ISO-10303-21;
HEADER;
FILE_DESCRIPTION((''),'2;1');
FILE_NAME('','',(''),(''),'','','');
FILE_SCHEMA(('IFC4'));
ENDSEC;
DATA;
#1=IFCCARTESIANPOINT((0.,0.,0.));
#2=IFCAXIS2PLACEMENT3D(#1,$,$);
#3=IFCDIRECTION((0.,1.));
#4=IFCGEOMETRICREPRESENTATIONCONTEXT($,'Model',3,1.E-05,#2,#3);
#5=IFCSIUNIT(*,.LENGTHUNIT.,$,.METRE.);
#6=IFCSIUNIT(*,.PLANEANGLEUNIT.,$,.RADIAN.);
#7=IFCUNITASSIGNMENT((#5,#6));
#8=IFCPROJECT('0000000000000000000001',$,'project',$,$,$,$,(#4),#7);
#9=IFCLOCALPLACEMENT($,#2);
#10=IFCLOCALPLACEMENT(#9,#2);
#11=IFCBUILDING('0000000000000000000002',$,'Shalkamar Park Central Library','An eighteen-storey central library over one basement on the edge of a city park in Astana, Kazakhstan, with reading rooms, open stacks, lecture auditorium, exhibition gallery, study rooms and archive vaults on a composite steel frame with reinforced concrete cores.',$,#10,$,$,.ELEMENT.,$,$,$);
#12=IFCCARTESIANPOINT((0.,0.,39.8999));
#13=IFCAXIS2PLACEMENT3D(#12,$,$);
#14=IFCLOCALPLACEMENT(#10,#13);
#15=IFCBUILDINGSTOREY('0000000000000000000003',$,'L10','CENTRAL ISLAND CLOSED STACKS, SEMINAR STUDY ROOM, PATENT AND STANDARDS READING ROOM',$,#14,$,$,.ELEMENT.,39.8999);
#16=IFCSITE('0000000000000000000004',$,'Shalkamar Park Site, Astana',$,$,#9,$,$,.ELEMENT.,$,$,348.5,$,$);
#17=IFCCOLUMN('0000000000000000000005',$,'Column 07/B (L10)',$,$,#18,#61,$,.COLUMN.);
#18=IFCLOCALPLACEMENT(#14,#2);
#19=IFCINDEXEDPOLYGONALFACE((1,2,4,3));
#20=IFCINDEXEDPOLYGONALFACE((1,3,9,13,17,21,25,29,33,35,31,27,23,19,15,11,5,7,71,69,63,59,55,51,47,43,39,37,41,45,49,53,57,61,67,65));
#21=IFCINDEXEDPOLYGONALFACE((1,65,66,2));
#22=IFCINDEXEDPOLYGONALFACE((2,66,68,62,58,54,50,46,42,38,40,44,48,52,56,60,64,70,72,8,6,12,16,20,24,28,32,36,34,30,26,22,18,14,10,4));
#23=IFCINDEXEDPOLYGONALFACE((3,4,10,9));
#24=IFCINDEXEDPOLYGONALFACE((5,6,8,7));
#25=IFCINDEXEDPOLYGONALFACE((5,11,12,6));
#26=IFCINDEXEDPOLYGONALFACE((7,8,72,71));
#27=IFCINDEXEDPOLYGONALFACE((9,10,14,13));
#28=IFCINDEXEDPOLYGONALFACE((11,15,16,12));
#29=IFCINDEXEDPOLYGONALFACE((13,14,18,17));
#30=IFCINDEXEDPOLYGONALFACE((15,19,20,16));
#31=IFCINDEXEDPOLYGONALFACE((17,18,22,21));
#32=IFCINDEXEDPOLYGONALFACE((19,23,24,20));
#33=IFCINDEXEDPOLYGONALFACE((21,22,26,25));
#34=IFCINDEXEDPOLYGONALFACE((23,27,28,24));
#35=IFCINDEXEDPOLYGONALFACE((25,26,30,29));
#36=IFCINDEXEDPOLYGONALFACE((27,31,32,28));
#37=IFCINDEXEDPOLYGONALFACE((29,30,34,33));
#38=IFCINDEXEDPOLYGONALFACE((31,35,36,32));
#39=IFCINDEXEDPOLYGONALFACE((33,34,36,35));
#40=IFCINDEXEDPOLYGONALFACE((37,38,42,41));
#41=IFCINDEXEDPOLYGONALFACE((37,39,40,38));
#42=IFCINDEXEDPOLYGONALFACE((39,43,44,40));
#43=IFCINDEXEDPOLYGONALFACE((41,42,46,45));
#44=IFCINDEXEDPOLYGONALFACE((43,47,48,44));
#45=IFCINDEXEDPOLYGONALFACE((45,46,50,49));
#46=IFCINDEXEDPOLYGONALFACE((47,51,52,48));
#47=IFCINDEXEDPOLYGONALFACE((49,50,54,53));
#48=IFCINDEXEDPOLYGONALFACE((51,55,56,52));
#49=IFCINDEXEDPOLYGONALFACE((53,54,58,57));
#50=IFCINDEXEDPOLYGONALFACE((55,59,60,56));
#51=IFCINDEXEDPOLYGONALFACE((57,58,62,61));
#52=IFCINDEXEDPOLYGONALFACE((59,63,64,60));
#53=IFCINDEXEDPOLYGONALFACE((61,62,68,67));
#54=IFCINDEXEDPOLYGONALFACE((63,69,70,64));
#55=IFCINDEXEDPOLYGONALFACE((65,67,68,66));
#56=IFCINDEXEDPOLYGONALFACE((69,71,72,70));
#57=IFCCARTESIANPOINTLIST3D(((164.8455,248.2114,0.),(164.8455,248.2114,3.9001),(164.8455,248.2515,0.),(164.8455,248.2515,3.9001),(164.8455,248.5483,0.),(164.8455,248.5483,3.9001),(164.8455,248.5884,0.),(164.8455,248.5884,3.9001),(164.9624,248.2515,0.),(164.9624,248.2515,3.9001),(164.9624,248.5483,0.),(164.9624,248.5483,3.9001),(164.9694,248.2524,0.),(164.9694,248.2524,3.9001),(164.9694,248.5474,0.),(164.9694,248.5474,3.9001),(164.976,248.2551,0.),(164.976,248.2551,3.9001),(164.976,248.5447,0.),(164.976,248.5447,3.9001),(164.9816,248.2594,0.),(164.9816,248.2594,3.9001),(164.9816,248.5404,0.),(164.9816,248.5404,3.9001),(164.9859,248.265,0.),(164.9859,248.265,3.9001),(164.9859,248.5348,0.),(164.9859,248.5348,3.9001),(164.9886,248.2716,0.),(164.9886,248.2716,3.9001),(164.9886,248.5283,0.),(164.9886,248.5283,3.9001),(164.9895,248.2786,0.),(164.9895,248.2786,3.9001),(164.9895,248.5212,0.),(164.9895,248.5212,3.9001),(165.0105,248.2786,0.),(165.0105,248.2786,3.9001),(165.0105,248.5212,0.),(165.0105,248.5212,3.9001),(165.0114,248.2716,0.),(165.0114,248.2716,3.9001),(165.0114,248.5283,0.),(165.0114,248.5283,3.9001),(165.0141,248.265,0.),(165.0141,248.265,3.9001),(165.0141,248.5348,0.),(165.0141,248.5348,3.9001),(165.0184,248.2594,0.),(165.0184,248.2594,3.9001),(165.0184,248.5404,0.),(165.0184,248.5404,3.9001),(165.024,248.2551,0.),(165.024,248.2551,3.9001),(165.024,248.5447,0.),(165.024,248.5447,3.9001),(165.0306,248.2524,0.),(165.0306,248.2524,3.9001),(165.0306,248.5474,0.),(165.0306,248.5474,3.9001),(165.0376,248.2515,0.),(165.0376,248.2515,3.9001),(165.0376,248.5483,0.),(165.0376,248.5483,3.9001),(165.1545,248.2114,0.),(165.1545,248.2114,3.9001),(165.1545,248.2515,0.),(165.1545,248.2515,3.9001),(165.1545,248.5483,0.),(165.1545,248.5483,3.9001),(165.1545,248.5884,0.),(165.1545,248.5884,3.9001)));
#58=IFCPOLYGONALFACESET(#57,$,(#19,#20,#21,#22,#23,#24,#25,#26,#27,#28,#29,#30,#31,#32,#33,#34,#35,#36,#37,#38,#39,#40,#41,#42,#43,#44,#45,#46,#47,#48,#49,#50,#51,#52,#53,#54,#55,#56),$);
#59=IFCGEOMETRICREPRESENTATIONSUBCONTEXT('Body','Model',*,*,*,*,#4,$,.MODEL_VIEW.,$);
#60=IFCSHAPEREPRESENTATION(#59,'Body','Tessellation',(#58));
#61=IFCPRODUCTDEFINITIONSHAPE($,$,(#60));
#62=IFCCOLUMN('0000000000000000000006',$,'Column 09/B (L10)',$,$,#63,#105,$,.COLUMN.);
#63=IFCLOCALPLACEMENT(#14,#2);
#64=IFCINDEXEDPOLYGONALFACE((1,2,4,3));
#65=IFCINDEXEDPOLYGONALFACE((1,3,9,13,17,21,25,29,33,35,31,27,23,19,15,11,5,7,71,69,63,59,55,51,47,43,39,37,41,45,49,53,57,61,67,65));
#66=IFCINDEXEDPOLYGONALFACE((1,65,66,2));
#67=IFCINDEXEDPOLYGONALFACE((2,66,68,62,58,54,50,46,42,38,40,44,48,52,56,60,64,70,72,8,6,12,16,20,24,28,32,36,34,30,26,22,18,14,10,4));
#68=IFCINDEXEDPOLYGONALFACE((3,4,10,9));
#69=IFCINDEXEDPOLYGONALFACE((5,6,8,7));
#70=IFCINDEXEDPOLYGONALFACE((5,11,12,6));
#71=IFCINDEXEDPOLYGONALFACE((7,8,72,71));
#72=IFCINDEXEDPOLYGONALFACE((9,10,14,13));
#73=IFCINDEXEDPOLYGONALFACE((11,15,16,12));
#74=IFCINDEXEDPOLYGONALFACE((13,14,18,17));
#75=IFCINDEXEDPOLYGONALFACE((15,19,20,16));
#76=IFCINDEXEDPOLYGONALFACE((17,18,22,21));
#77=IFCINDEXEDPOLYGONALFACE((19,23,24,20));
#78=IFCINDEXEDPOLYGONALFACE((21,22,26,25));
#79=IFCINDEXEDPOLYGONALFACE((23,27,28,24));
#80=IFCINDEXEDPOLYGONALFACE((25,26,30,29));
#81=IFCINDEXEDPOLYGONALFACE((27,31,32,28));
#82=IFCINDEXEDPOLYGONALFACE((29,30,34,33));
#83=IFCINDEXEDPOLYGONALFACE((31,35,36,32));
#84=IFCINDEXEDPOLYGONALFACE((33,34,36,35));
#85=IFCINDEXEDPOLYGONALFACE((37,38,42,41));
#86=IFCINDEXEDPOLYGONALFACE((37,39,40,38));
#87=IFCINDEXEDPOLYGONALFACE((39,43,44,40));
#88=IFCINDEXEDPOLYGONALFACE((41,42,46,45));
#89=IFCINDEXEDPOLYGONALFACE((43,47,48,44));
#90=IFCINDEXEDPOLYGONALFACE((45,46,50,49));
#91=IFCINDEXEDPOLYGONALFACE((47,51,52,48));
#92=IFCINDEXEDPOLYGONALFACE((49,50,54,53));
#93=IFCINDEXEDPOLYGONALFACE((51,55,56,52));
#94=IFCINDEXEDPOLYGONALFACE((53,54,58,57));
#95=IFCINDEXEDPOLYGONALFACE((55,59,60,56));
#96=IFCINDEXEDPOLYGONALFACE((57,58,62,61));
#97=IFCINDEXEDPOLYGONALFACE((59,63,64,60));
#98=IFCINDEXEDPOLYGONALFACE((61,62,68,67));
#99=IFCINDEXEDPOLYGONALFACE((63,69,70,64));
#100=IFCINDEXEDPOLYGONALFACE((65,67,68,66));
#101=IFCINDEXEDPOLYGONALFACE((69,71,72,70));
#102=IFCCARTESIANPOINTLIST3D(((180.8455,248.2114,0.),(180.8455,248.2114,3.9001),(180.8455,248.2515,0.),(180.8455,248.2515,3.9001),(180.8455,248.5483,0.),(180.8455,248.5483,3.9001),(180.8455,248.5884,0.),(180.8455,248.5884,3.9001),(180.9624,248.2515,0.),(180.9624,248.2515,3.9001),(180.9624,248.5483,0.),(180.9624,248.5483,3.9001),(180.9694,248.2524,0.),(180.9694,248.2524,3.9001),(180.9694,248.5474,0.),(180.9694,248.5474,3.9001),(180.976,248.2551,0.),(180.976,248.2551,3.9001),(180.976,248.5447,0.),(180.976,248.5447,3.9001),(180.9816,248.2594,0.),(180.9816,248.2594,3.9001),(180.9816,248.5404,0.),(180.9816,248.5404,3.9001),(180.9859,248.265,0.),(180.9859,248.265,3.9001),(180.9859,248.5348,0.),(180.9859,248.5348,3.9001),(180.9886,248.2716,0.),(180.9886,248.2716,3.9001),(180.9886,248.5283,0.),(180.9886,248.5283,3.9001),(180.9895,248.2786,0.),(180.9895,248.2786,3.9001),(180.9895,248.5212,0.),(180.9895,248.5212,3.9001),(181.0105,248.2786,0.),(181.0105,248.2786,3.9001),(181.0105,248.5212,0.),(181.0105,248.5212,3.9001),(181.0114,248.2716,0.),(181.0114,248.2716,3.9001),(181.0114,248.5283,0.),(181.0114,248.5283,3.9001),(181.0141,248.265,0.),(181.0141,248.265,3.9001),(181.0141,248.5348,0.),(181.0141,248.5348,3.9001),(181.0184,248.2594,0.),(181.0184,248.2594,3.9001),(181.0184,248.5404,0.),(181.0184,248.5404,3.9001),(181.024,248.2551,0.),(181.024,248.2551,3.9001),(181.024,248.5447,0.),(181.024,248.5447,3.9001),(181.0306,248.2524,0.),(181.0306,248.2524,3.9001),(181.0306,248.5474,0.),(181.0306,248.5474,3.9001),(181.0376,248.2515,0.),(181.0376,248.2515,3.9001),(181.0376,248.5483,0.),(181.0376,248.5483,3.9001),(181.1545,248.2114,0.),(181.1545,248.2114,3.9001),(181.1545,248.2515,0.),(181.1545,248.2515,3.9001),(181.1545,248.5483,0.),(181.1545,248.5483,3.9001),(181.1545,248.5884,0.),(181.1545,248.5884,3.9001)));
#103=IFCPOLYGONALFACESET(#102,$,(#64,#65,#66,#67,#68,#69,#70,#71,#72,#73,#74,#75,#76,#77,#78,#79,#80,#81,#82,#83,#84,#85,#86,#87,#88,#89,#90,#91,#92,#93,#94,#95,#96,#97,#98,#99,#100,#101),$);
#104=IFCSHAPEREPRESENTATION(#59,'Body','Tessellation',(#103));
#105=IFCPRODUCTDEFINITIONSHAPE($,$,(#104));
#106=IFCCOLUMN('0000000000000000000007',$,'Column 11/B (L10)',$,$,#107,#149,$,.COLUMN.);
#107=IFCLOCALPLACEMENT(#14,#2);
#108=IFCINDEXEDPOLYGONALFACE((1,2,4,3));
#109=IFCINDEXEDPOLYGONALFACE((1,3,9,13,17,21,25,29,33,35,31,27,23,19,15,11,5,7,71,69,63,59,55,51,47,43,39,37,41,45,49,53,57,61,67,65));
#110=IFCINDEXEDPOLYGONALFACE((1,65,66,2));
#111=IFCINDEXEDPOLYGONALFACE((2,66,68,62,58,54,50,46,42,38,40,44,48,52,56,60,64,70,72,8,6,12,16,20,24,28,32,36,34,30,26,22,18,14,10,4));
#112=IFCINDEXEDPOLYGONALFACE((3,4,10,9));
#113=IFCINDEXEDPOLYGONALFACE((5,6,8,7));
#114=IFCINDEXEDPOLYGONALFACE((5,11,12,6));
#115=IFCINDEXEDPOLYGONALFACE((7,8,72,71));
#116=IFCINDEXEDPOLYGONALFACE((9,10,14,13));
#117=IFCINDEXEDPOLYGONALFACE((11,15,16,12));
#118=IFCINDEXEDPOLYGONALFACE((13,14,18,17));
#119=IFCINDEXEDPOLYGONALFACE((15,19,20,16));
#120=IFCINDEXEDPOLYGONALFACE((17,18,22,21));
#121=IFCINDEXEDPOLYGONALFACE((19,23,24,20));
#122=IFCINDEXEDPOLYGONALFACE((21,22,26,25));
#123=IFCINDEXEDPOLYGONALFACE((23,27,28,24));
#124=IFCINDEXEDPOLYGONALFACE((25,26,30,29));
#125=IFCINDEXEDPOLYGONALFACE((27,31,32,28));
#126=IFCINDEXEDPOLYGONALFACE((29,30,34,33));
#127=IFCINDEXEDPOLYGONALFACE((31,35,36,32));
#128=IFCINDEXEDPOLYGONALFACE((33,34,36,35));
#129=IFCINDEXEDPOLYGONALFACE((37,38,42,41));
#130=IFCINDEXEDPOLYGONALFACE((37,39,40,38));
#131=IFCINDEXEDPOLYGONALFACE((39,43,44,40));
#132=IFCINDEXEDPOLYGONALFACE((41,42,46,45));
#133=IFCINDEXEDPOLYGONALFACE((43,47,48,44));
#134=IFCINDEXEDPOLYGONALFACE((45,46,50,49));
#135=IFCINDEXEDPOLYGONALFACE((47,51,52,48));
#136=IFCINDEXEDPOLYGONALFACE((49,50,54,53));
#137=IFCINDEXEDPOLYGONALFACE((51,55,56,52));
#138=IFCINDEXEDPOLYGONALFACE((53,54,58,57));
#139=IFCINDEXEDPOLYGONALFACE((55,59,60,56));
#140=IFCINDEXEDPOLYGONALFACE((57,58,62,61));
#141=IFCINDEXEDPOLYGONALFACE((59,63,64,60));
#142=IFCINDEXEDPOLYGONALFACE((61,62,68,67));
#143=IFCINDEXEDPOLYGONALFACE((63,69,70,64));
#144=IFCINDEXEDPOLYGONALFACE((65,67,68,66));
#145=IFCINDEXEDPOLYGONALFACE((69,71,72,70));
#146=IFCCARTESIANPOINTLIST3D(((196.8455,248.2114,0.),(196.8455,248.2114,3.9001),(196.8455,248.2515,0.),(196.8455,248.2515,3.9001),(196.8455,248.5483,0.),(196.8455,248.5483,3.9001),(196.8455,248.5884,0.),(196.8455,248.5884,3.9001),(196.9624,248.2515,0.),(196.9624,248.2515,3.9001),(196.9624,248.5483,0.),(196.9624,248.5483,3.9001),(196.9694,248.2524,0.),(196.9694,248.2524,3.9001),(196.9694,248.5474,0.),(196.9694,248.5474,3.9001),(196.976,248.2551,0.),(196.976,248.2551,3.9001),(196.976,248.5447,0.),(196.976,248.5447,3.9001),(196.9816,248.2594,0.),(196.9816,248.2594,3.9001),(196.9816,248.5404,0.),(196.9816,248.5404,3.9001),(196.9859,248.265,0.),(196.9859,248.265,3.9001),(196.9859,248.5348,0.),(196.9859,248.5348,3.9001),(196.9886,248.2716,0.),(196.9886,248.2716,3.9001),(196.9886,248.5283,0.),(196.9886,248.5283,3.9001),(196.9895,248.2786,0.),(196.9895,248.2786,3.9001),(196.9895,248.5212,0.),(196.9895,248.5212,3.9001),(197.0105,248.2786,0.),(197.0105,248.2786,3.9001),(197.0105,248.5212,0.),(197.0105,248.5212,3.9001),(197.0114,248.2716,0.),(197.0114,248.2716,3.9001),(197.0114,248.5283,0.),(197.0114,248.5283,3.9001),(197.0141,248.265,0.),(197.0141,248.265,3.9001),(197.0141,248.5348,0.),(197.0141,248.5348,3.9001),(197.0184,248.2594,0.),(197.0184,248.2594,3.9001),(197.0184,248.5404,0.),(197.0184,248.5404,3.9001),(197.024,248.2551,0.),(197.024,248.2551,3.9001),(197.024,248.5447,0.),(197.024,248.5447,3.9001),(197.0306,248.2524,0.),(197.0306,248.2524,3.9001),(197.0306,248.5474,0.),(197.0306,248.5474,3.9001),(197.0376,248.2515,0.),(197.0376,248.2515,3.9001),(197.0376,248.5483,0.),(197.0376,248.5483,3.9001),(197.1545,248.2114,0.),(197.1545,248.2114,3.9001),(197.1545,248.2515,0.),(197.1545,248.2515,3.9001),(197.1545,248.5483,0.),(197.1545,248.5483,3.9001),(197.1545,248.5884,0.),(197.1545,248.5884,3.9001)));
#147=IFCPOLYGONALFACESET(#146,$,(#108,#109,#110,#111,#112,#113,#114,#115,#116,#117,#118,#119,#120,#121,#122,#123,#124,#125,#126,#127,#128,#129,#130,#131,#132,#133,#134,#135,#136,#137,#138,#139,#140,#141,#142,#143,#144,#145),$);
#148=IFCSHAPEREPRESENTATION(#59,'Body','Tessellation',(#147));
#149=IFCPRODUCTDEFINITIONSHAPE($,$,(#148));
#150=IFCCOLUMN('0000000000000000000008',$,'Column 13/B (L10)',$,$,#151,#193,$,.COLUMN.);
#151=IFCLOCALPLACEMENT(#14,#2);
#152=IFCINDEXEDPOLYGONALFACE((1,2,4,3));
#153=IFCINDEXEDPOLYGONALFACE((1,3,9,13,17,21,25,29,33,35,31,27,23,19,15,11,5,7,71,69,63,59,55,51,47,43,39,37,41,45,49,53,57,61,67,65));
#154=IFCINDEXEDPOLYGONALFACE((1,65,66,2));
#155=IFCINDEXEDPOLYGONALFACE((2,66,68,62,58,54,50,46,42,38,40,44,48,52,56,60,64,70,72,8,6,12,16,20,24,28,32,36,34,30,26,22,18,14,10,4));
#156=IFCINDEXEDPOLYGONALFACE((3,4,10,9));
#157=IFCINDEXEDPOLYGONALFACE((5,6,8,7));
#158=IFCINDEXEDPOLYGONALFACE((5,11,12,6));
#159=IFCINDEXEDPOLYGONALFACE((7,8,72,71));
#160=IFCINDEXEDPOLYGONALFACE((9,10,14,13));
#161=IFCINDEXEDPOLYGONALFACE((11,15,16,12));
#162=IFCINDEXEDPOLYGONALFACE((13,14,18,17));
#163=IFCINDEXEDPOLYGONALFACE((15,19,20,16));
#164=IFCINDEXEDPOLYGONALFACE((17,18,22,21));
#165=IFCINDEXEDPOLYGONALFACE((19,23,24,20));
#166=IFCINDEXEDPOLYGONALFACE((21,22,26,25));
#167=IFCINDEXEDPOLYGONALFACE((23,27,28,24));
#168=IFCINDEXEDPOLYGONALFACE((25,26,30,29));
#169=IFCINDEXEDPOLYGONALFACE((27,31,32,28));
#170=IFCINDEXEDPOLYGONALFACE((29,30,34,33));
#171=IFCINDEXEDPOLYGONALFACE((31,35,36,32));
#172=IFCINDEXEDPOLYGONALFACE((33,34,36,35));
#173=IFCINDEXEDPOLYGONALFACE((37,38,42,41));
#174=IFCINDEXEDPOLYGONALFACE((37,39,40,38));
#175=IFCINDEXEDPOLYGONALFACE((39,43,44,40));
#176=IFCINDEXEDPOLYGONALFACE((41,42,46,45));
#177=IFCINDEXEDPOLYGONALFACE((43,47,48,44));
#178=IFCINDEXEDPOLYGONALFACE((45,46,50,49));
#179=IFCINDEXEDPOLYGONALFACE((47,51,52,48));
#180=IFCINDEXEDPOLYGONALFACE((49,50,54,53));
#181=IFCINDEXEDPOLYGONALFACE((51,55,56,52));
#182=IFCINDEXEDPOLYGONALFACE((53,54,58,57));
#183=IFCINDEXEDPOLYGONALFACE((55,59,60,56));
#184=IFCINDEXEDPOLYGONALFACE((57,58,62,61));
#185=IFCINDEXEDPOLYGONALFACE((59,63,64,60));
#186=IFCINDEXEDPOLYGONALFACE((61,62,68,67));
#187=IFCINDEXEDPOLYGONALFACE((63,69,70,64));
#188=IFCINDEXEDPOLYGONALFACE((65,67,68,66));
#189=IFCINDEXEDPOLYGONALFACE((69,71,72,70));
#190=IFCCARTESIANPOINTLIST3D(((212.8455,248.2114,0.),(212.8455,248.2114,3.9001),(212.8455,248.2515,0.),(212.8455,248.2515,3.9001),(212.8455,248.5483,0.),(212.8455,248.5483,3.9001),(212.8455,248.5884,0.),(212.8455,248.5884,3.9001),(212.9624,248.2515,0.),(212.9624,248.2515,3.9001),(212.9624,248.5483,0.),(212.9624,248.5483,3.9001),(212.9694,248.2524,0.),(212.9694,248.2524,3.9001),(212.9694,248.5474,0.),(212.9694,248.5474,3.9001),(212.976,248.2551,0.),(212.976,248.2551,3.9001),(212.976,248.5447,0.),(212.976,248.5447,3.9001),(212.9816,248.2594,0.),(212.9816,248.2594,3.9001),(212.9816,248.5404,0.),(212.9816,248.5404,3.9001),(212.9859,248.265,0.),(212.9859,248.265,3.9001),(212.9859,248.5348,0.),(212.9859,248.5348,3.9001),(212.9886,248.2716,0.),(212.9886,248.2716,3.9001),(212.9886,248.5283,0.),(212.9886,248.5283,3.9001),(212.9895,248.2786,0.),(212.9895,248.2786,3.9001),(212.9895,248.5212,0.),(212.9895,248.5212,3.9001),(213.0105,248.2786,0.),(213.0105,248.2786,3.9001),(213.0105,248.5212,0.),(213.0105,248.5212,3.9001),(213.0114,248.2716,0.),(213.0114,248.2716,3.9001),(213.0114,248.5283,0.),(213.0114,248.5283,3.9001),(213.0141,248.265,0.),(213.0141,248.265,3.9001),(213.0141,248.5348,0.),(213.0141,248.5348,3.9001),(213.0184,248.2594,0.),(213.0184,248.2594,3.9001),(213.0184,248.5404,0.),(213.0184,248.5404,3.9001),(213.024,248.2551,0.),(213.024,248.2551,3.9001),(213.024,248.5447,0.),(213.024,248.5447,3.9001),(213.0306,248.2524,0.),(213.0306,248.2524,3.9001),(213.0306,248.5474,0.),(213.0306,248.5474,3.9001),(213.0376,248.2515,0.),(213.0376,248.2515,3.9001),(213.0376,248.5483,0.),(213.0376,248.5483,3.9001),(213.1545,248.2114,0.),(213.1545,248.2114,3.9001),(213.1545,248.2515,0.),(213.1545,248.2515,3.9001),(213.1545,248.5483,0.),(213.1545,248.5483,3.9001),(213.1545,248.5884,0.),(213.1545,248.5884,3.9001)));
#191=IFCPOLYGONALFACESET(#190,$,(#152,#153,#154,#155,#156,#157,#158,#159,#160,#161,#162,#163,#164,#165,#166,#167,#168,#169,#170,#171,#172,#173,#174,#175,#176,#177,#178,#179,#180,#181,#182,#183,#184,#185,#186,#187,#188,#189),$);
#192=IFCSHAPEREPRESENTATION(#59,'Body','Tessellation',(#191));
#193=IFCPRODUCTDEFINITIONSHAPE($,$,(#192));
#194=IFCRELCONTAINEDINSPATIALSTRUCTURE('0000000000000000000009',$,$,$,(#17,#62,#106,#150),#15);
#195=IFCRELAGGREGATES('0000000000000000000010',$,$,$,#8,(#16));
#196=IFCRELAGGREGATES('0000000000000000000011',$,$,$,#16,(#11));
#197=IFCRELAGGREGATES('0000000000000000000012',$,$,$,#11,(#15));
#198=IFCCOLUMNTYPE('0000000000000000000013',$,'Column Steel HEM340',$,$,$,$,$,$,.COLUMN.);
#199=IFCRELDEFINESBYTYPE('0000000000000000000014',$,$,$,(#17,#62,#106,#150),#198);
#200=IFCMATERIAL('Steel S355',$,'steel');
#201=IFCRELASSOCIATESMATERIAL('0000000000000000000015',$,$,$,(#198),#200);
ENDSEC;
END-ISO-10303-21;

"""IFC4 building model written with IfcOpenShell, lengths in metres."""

from ifc_helpers import new_model, si_unit, direction, frame, origin, origin_2d, place, context, subcontext, project, spatial, i_section, extrude, material, material_profile, profile_set, type_object, element, save


model = new_model("IFC4")

# Units and contexts
model_context = context("Model", 3, precision=1e-05, world=origin(), true_north=direction((0.0, 1.0)))
body_context = subcontext(model_context, "Body", "Model", "MODEL_VIEW")
ifc_project = project(units=[si_unit("LENGTHUNIT", "METRE"), si_unit("PLANEANGLEUNIT", "RADIAN")], contexts=[model_context])

# Site, building, storey
site_placement = place(None, origin())
site = spatial("IfcSite", under=ifc_project, at=site_placement, Name="Shalkamar Park Site, Astana", CompositionType="ELEMENT", RefElevation=348.5)
building_placement = place(site_placement, origin())
building = spatial("IfcBuilding", under=site, at=building_placement, Name="Shalkamar Park Central Library", Description="An eighteen-storey central library over one basement on the edge of a city park in Astana, Kazakhstan, with reading rooms, open stacks, lecture auditorium, exhibition gallery, study rooms and archive vaults on a composite steel frame with reinforced concrete cores.", CompositionType="ELEMENT")
storey_placement = place(building_placement, frame((0.0, 0.0, 39.8999)))
storey = spatial("IfcBuildingStorey", under=building, at=storey_placement, Name="L10", Description="CENTRAL ISLAND CLOSED STACKS, SEMINAR STUDY ROOM, PATENT AND STANDARDS READING ROOM", CompositionType="ELEMENT", Elevation=39.8999)

# Columns
ifc_material_1 = material(Name="Steel S355", Category="steel")
ifc_material_profile_1 = material_profile(ifc_material_1, i_section(OverallWidth=0.3091, OverallDepth=0.377, WebThickness=0.021, FlangeThickness=0.04, FilletRadius=0.0271, at=origin_2d()), Name="HEM 340")
ifc_profile_set_1 = profile_set([ifc_material_profile_1], Name="Steel S355")
column_type_1 = type_object("IfcColumnType", Name="Column Steel HEM340", PredefinedType="COLUMN", material=ifc_profile_set_1)
for number, where, z_axis, x_axis, name in (
    (1, (165.0, 248.3999, 0.0), (0.0, 0.0, 1.0), (1.0, 0.0, 0.0), "Column 07/B (L10)"),
    (2, (181.0, 248.3999, 0.0), (0.0, 0.0, 1.0), (1.0, 0.0, 0.0), "Column 09/B (L10)"),
    (3, (197.0, 248.3999, 0.0), (0.0, 0.0, 1.0), (1.0, 0.0, 0.0), "Column 11/B (L10)"),
    (4, (213.0, 248.3999, 0.0), (0.0, 0.0, 1.0), (1.0, 0.0, 0.0), "Column 13/B (L10)"),
):
    element("IfcColumn", number, at=place(storey_placement, frame(where, z_axis=z_axis, x_axis=x_axis)), inside=storey, type_object=column_type_1, Name=name, PredefinedType="COLUMN", context=body_context, shape_type="SweptSolid", body=[
        extrude(i_section(OverallWidth=0.3091, OverallDepth=0.377, WebThickness=0.021, FlangeThickness=0.04, FilletRadius=0.0271, at=origin_2d()), origin(), (0.0, 0.0, 1.0), 3.9001),
    ])

save(model, "model.ifc")
